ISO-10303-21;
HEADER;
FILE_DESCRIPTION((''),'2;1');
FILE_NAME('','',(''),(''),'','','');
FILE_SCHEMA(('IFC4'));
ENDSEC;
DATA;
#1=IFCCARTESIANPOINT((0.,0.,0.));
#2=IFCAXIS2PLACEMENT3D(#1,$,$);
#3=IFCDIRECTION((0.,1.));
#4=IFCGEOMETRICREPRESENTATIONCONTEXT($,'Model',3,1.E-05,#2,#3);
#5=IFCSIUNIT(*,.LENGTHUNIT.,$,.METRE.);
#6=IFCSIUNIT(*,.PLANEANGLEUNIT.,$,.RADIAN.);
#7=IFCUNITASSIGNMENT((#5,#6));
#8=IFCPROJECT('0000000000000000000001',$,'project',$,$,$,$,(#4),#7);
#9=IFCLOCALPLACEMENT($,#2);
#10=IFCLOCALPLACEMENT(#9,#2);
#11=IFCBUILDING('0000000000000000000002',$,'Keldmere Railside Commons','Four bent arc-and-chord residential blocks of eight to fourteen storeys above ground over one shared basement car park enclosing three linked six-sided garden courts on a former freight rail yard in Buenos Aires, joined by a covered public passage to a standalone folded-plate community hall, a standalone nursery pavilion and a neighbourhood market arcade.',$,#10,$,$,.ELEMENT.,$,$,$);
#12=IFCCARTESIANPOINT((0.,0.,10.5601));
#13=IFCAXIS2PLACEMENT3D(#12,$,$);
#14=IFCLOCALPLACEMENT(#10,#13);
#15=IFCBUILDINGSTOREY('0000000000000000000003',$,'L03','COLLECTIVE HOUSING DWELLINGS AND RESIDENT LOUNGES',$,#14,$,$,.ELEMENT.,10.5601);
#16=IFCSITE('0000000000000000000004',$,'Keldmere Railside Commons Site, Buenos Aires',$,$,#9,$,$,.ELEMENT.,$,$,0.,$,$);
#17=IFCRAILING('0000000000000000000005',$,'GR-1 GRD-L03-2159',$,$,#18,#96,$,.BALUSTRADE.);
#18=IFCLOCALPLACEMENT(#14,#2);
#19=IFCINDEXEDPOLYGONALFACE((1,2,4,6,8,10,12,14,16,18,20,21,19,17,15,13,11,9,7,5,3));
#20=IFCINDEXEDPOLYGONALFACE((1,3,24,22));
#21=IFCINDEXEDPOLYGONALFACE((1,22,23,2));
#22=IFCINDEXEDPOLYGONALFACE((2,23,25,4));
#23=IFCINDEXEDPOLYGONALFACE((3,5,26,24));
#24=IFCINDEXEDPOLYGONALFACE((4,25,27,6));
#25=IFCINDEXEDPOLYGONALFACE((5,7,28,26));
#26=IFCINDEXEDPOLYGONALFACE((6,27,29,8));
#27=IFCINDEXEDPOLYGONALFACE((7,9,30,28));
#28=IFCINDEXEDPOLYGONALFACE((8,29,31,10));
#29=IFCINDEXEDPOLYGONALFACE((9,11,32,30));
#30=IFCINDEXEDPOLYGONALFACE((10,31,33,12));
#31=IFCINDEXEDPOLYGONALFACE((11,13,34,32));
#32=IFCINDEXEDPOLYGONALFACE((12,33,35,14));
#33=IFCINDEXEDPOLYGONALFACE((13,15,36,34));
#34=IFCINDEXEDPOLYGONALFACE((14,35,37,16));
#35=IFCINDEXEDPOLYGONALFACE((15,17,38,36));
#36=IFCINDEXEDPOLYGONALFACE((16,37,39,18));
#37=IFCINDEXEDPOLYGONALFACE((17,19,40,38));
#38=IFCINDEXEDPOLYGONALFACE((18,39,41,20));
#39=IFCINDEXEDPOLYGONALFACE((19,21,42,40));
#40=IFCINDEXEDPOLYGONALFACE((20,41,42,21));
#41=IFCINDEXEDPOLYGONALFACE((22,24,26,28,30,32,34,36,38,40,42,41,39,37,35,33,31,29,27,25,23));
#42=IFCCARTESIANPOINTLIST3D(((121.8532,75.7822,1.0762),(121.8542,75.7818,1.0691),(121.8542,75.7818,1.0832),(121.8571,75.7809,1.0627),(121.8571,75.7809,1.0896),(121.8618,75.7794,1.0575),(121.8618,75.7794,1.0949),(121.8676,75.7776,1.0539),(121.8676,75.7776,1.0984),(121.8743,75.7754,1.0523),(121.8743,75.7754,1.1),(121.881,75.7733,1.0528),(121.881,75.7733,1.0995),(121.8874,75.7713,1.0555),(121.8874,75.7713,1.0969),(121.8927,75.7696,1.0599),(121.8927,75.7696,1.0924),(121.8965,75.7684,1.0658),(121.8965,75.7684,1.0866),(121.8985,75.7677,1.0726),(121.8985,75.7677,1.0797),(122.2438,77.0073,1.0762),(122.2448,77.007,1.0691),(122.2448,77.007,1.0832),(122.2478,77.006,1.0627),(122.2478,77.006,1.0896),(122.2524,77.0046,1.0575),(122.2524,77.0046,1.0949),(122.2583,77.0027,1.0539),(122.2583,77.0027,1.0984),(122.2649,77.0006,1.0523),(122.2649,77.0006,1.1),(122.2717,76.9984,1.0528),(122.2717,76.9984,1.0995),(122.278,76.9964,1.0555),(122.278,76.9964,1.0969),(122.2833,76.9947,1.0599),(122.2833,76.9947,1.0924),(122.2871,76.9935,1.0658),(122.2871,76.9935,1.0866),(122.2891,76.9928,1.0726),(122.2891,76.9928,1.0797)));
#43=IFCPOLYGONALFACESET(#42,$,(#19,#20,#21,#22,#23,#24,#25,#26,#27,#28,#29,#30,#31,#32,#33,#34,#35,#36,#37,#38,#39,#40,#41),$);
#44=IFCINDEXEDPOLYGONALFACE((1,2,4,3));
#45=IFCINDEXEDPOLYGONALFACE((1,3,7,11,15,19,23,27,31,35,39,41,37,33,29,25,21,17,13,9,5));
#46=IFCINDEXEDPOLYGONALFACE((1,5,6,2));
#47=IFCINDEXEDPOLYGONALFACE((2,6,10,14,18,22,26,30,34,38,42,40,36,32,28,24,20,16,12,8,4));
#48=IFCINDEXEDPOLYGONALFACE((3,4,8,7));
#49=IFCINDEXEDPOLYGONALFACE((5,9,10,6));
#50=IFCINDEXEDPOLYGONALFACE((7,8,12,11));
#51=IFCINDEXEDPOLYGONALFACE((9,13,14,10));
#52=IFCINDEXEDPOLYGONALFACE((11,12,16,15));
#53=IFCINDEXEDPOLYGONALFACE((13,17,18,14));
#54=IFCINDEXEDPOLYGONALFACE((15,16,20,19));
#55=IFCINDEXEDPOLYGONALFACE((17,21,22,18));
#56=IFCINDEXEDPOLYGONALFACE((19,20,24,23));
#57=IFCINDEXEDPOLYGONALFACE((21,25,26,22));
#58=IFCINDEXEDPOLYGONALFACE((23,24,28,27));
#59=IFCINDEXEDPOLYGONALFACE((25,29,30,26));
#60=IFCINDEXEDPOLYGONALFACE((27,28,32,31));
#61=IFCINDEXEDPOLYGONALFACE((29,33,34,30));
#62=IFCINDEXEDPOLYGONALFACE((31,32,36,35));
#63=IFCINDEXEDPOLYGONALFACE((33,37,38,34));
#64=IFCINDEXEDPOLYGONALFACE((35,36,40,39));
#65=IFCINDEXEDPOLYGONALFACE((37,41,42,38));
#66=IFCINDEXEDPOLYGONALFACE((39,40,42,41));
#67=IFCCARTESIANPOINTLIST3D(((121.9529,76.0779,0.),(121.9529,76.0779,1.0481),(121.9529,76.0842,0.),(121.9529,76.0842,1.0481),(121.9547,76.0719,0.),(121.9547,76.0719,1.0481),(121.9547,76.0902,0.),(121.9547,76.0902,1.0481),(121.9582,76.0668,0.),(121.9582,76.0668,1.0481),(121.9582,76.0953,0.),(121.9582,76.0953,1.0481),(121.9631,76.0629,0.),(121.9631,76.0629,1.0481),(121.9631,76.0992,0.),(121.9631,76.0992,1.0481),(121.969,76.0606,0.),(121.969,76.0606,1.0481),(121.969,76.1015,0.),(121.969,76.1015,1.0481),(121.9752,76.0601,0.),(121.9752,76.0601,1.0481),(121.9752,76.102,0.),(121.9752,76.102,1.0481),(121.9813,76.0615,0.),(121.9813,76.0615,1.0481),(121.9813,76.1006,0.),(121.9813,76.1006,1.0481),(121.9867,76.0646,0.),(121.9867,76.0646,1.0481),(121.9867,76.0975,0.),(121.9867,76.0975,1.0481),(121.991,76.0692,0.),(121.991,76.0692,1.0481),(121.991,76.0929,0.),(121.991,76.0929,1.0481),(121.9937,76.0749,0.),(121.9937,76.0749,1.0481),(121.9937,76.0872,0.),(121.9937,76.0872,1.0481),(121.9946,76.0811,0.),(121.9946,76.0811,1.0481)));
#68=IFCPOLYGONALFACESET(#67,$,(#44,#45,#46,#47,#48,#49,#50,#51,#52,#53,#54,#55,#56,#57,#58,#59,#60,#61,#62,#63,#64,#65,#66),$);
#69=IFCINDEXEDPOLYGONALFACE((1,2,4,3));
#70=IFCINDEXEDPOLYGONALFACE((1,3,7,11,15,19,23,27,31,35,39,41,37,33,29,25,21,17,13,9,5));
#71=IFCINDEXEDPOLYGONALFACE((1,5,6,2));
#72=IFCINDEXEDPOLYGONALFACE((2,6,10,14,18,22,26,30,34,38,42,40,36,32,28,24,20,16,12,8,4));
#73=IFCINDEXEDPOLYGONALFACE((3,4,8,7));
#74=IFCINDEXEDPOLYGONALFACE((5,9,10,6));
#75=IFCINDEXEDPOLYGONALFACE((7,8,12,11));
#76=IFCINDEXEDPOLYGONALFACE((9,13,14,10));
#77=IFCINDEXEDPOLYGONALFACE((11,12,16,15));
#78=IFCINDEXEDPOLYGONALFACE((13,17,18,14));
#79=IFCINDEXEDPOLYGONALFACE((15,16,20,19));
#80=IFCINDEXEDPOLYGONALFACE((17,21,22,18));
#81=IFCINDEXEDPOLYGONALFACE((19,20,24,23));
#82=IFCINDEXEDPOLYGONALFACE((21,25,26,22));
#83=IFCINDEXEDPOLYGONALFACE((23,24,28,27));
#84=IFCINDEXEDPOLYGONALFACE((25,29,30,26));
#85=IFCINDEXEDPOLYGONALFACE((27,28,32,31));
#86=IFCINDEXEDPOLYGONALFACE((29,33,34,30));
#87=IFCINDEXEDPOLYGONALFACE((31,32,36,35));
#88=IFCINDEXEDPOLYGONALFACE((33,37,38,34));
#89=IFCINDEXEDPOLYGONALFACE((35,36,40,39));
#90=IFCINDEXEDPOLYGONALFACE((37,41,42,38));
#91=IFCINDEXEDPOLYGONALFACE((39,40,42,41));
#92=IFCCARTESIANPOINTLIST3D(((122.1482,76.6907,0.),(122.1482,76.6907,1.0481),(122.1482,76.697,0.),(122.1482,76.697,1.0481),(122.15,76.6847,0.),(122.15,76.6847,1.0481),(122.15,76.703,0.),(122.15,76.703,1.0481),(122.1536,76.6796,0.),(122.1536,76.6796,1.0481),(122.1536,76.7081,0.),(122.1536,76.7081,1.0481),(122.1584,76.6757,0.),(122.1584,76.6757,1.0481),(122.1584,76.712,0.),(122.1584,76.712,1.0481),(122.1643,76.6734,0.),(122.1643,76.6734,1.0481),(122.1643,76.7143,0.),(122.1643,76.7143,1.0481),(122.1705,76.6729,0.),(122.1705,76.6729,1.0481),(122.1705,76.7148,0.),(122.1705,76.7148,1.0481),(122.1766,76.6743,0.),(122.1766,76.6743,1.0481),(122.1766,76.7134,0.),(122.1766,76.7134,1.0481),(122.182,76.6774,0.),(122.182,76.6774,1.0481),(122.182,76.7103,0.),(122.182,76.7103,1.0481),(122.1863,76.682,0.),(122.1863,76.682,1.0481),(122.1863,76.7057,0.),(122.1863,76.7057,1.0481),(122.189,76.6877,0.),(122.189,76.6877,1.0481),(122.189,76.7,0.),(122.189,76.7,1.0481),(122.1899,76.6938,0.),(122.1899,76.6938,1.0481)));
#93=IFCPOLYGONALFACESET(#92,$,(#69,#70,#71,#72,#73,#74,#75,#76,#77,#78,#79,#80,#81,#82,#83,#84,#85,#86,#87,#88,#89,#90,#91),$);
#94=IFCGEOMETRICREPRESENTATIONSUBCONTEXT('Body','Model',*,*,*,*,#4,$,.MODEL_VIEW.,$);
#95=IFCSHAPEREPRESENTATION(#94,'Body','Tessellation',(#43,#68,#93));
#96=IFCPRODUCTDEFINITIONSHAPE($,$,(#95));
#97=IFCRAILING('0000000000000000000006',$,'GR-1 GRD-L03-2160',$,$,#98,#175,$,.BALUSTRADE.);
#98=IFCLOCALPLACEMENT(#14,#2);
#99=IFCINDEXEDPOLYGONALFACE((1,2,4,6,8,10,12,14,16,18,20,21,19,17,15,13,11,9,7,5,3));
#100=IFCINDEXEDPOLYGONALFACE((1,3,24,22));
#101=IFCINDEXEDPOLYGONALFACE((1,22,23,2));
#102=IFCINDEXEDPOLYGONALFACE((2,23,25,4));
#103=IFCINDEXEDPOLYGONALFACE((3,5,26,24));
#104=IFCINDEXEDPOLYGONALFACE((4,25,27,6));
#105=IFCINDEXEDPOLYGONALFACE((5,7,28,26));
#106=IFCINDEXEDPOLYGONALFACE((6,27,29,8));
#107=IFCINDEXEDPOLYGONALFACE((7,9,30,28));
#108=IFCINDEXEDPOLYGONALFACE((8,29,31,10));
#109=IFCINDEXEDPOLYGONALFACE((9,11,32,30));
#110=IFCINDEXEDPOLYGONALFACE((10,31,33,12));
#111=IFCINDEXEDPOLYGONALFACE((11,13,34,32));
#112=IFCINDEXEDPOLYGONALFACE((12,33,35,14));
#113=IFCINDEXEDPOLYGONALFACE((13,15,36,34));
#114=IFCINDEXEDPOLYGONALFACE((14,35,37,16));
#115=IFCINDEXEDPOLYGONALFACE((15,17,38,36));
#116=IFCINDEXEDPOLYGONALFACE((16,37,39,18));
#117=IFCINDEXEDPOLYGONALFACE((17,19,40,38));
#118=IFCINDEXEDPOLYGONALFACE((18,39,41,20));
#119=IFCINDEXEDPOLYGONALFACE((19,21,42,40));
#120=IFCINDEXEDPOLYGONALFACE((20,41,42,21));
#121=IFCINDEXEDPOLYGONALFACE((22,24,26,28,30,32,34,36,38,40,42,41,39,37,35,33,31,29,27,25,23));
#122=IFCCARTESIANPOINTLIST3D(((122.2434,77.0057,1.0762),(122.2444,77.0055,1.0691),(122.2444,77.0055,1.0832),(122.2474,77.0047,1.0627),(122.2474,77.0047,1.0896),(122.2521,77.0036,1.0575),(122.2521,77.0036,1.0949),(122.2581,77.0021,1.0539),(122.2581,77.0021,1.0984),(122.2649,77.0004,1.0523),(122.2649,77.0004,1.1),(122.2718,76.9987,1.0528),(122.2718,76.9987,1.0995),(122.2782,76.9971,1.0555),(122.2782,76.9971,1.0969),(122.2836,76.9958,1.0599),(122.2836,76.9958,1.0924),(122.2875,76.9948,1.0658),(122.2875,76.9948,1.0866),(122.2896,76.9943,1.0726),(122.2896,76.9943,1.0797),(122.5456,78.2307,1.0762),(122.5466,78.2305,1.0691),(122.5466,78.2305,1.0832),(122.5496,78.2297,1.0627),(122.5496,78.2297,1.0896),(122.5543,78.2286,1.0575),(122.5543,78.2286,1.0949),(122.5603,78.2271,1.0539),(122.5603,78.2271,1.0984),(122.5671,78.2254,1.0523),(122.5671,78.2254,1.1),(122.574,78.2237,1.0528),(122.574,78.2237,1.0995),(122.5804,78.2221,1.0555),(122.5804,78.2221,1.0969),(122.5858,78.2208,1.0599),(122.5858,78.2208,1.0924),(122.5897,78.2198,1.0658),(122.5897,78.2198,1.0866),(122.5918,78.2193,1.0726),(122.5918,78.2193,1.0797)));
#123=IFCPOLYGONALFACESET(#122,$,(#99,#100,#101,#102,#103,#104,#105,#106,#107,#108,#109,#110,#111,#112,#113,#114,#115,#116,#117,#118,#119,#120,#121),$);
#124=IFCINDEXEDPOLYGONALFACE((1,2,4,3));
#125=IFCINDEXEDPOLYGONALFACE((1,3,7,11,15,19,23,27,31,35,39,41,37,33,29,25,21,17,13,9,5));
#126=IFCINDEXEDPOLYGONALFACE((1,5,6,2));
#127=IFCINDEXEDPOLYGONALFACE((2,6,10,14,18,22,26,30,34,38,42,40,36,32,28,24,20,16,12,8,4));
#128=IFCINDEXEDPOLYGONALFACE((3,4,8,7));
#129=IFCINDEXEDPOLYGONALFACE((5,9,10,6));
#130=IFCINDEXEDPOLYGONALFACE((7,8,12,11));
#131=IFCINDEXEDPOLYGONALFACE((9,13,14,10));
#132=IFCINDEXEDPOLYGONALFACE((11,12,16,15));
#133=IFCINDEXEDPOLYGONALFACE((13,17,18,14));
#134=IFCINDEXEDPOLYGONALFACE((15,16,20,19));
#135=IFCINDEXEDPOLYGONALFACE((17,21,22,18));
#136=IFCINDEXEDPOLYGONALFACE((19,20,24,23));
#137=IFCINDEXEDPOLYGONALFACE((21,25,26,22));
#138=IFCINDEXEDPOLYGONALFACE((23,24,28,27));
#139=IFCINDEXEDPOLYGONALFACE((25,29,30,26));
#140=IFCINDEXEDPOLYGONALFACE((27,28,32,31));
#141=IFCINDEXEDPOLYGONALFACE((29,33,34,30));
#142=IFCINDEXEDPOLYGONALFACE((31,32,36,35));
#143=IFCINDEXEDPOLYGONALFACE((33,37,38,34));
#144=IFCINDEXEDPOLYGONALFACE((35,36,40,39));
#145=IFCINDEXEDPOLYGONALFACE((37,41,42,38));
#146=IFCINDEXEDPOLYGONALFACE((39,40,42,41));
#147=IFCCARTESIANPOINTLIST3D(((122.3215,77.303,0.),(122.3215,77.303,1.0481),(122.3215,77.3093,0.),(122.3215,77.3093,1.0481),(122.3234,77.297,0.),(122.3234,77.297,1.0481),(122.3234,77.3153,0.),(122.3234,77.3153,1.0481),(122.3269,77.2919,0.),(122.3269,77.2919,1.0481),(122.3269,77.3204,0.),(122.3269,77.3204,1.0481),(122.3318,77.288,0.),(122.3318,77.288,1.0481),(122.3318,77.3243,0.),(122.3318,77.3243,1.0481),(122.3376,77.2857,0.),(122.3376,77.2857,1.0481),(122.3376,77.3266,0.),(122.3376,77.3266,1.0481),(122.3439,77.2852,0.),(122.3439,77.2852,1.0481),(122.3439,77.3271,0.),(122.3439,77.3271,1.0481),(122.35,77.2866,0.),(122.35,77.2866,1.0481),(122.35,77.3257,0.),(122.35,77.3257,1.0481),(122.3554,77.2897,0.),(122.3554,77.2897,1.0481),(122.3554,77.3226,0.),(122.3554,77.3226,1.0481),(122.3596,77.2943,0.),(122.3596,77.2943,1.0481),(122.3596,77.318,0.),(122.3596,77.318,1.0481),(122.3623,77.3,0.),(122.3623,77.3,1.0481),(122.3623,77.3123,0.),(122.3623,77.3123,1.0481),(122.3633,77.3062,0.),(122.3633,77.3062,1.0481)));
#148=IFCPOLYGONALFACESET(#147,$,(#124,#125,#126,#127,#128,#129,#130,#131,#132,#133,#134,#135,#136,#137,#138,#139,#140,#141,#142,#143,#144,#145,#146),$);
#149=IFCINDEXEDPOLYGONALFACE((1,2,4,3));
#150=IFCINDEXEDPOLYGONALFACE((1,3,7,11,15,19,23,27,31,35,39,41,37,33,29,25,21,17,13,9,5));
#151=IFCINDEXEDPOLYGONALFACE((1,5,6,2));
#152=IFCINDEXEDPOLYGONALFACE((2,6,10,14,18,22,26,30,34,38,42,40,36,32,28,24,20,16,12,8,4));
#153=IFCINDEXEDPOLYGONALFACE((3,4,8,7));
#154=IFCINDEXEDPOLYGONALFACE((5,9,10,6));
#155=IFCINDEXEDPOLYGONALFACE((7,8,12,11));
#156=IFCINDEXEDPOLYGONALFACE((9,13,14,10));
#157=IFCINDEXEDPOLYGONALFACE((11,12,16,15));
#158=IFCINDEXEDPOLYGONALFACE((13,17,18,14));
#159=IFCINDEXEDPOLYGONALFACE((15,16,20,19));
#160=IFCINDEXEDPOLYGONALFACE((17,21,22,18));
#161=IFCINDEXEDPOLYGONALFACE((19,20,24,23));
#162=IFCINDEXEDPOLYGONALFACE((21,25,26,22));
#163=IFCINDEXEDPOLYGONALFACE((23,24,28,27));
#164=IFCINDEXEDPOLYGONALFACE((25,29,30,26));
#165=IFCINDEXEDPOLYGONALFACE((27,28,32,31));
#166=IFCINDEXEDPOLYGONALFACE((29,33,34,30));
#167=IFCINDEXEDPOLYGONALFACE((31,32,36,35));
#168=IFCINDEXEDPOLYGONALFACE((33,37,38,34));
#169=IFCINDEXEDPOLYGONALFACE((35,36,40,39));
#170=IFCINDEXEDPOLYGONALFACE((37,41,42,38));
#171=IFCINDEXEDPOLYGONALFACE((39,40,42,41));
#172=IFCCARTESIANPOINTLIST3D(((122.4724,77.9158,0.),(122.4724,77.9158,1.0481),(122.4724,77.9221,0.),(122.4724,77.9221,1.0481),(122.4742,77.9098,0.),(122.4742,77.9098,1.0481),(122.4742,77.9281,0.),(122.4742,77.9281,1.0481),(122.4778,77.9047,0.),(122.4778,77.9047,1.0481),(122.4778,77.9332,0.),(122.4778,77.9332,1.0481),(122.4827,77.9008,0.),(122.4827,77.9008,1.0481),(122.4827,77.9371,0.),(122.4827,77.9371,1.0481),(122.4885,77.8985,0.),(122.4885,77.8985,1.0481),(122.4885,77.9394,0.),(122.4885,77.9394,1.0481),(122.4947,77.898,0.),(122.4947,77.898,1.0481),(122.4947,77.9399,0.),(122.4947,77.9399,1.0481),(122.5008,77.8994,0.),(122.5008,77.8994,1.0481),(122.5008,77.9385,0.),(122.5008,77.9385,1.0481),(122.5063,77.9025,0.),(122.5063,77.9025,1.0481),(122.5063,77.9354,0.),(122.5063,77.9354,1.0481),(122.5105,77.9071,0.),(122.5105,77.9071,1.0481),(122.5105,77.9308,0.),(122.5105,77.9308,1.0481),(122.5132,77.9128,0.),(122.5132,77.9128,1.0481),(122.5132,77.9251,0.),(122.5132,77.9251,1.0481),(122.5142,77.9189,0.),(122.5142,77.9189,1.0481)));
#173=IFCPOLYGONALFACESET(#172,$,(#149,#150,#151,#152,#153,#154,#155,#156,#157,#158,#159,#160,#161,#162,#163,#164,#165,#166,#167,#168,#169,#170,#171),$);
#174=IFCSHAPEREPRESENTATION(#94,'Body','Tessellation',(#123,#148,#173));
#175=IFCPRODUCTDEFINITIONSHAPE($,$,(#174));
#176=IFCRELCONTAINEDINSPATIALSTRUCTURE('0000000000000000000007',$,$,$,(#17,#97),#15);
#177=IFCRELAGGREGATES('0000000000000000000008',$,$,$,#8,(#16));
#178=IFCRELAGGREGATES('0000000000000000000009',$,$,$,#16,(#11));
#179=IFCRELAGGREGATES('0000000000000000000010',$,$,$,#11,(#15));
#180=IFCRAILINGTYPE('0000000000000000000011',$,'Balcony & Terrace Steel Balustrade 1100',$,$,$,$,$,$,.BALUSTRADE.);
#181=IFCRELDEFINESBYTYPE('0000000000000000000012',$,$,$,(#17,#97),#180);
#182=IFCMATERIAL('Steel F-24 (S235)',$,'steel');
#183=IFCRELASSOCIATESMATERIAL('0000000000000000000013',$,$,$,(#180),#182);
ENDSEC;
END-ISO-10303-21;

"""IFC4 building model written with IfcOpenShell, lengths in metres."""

from ifc_helpers import new_model, si_unit, direction, frame, origin, origin_2d, place, context, subcontext, project, spatial, circle, extrude, material, type_object, element, save


model = new_model("IFC4")

# Units and contexts
model_context = context("Model", 3, precision=1e-05, world=origin(), true_north=direction((0.0, 1.0)))
body_context = subcontext(model_context, "Body", "Model", "MODEL_VIEW")
ifc_project = project(units=[si_unit("LENGTHUNIT", "METRE"), si_unit("PLANEANGLEUNIT", "RADIAN")], contexts=[model_context])

# Site, building, storey
site_placement = place(None, origin())
site = spatial("IfcSite", under=ifc_project, at=site_placement, Name="Keldmere Railside Commons Site, Buenos Aires", CompositionType="ELEMENT", RefElevation=0.0)
building_placement = place(site_placement, origin())
building = spatial("IfcBuilding", under=site, at=building_placement, Name="Keldmere Railside Commons", Description="Four bent arc-and-chord residential blocks of eight to fourteen storeys above ground over one shared basement car park enclosing three linked six-sided garden courts on a former freight rail yard in Buenos Aires, joined by a covered public passage to a standalone folded-plate community hall, a standalone nursery pavilion and a neighbourhood market arcade.", CompositionType="ELEMENT")
storey_placement = place(building_placement, frame((0.0, 0.0, 10.5601)))
storey = spatial("IfcBuildingStorey", under=building, at=storey_placement, Name="L03", Description="COLLECTIVE HOUSING DWELLINGS AND RESIDENT LOUNGES", CompositionType="ELEMENT", Elevation=10.5601)

# Railings
ifc_material_1 = material(Name="Steel F-24 (S235)", Category="steel")
railing_type = type_object("IfcRailingType", Name="Balcony & Terrace Steel Balustrade 1100", PredefinedType="BALUSTRADE", material=ifc_material_1)
railing_1_placement = place(storey_placement, frame((121.876, 75.7749, 0.0)))
element("IfcRailing", 1, at=railing_1_placement, inside=storey, type_object=railing_type, Name="GR-1 GRD-L03-2159", PredefinedType="BALUSTRADE", context=body_context, shape_type="SweptSolid", body=[
    extrude(circle(Radius=0.0239, at=origin_2d()), frame((0.0, 0.0, 1.0762), z_axis=(0.303784, 0.952741, 0.0), x_axis=(-0.952741, 0.303784, 0.0)), (0.0, 0.0, 1.0), 1.2859),
    extrude(circle(Radius=0.021, at=origin_2d()), frame((0.0977, 0.3062, 0.0)), (0.0, 0.0, 1.0), 1.0481),
    extrude(circle(Radius=0.021, at=origin_2d()), frame((0.293, 0.9189, 0.0)), (0.0, 0.0, 1.0), 1.0481),
])
railing_2_placement = place(storey_placement, frame((122.2666, 77.0, 0.0)))
element("IfcRailing", 2, at=railing_2_placement, inside=storey, type_object=railing_type, Name="GR-1 GRD-L03-2160", PredefinedType="BALUSTRADE", context=body_context, shape_type="SweptSolid", body=[
    extrude(circle(Radius=0.0239, at=origin_2d()), frame((0.0, 0.0, 1.0762), z_axis=(0.23953, 0.970889, 0.0), x_axis=(-0.970889, 0.23953, 0.0)), (0.0, 0.0, 1.0), 1.2617),
    extrude(circle(Radius=0.021, at=origin_2d()), frame((0.0757, 0.3062, 0.0)), (0.0, 0.0, 1.0), 1.0481),
    extrude(circle(Radius=0.021, at=origin_2d()), frame((0.2266, 0.9189, 0.0)), (0.0, 0.0, 1.0), 1.0481),
])

save(model, "model.ifc")
